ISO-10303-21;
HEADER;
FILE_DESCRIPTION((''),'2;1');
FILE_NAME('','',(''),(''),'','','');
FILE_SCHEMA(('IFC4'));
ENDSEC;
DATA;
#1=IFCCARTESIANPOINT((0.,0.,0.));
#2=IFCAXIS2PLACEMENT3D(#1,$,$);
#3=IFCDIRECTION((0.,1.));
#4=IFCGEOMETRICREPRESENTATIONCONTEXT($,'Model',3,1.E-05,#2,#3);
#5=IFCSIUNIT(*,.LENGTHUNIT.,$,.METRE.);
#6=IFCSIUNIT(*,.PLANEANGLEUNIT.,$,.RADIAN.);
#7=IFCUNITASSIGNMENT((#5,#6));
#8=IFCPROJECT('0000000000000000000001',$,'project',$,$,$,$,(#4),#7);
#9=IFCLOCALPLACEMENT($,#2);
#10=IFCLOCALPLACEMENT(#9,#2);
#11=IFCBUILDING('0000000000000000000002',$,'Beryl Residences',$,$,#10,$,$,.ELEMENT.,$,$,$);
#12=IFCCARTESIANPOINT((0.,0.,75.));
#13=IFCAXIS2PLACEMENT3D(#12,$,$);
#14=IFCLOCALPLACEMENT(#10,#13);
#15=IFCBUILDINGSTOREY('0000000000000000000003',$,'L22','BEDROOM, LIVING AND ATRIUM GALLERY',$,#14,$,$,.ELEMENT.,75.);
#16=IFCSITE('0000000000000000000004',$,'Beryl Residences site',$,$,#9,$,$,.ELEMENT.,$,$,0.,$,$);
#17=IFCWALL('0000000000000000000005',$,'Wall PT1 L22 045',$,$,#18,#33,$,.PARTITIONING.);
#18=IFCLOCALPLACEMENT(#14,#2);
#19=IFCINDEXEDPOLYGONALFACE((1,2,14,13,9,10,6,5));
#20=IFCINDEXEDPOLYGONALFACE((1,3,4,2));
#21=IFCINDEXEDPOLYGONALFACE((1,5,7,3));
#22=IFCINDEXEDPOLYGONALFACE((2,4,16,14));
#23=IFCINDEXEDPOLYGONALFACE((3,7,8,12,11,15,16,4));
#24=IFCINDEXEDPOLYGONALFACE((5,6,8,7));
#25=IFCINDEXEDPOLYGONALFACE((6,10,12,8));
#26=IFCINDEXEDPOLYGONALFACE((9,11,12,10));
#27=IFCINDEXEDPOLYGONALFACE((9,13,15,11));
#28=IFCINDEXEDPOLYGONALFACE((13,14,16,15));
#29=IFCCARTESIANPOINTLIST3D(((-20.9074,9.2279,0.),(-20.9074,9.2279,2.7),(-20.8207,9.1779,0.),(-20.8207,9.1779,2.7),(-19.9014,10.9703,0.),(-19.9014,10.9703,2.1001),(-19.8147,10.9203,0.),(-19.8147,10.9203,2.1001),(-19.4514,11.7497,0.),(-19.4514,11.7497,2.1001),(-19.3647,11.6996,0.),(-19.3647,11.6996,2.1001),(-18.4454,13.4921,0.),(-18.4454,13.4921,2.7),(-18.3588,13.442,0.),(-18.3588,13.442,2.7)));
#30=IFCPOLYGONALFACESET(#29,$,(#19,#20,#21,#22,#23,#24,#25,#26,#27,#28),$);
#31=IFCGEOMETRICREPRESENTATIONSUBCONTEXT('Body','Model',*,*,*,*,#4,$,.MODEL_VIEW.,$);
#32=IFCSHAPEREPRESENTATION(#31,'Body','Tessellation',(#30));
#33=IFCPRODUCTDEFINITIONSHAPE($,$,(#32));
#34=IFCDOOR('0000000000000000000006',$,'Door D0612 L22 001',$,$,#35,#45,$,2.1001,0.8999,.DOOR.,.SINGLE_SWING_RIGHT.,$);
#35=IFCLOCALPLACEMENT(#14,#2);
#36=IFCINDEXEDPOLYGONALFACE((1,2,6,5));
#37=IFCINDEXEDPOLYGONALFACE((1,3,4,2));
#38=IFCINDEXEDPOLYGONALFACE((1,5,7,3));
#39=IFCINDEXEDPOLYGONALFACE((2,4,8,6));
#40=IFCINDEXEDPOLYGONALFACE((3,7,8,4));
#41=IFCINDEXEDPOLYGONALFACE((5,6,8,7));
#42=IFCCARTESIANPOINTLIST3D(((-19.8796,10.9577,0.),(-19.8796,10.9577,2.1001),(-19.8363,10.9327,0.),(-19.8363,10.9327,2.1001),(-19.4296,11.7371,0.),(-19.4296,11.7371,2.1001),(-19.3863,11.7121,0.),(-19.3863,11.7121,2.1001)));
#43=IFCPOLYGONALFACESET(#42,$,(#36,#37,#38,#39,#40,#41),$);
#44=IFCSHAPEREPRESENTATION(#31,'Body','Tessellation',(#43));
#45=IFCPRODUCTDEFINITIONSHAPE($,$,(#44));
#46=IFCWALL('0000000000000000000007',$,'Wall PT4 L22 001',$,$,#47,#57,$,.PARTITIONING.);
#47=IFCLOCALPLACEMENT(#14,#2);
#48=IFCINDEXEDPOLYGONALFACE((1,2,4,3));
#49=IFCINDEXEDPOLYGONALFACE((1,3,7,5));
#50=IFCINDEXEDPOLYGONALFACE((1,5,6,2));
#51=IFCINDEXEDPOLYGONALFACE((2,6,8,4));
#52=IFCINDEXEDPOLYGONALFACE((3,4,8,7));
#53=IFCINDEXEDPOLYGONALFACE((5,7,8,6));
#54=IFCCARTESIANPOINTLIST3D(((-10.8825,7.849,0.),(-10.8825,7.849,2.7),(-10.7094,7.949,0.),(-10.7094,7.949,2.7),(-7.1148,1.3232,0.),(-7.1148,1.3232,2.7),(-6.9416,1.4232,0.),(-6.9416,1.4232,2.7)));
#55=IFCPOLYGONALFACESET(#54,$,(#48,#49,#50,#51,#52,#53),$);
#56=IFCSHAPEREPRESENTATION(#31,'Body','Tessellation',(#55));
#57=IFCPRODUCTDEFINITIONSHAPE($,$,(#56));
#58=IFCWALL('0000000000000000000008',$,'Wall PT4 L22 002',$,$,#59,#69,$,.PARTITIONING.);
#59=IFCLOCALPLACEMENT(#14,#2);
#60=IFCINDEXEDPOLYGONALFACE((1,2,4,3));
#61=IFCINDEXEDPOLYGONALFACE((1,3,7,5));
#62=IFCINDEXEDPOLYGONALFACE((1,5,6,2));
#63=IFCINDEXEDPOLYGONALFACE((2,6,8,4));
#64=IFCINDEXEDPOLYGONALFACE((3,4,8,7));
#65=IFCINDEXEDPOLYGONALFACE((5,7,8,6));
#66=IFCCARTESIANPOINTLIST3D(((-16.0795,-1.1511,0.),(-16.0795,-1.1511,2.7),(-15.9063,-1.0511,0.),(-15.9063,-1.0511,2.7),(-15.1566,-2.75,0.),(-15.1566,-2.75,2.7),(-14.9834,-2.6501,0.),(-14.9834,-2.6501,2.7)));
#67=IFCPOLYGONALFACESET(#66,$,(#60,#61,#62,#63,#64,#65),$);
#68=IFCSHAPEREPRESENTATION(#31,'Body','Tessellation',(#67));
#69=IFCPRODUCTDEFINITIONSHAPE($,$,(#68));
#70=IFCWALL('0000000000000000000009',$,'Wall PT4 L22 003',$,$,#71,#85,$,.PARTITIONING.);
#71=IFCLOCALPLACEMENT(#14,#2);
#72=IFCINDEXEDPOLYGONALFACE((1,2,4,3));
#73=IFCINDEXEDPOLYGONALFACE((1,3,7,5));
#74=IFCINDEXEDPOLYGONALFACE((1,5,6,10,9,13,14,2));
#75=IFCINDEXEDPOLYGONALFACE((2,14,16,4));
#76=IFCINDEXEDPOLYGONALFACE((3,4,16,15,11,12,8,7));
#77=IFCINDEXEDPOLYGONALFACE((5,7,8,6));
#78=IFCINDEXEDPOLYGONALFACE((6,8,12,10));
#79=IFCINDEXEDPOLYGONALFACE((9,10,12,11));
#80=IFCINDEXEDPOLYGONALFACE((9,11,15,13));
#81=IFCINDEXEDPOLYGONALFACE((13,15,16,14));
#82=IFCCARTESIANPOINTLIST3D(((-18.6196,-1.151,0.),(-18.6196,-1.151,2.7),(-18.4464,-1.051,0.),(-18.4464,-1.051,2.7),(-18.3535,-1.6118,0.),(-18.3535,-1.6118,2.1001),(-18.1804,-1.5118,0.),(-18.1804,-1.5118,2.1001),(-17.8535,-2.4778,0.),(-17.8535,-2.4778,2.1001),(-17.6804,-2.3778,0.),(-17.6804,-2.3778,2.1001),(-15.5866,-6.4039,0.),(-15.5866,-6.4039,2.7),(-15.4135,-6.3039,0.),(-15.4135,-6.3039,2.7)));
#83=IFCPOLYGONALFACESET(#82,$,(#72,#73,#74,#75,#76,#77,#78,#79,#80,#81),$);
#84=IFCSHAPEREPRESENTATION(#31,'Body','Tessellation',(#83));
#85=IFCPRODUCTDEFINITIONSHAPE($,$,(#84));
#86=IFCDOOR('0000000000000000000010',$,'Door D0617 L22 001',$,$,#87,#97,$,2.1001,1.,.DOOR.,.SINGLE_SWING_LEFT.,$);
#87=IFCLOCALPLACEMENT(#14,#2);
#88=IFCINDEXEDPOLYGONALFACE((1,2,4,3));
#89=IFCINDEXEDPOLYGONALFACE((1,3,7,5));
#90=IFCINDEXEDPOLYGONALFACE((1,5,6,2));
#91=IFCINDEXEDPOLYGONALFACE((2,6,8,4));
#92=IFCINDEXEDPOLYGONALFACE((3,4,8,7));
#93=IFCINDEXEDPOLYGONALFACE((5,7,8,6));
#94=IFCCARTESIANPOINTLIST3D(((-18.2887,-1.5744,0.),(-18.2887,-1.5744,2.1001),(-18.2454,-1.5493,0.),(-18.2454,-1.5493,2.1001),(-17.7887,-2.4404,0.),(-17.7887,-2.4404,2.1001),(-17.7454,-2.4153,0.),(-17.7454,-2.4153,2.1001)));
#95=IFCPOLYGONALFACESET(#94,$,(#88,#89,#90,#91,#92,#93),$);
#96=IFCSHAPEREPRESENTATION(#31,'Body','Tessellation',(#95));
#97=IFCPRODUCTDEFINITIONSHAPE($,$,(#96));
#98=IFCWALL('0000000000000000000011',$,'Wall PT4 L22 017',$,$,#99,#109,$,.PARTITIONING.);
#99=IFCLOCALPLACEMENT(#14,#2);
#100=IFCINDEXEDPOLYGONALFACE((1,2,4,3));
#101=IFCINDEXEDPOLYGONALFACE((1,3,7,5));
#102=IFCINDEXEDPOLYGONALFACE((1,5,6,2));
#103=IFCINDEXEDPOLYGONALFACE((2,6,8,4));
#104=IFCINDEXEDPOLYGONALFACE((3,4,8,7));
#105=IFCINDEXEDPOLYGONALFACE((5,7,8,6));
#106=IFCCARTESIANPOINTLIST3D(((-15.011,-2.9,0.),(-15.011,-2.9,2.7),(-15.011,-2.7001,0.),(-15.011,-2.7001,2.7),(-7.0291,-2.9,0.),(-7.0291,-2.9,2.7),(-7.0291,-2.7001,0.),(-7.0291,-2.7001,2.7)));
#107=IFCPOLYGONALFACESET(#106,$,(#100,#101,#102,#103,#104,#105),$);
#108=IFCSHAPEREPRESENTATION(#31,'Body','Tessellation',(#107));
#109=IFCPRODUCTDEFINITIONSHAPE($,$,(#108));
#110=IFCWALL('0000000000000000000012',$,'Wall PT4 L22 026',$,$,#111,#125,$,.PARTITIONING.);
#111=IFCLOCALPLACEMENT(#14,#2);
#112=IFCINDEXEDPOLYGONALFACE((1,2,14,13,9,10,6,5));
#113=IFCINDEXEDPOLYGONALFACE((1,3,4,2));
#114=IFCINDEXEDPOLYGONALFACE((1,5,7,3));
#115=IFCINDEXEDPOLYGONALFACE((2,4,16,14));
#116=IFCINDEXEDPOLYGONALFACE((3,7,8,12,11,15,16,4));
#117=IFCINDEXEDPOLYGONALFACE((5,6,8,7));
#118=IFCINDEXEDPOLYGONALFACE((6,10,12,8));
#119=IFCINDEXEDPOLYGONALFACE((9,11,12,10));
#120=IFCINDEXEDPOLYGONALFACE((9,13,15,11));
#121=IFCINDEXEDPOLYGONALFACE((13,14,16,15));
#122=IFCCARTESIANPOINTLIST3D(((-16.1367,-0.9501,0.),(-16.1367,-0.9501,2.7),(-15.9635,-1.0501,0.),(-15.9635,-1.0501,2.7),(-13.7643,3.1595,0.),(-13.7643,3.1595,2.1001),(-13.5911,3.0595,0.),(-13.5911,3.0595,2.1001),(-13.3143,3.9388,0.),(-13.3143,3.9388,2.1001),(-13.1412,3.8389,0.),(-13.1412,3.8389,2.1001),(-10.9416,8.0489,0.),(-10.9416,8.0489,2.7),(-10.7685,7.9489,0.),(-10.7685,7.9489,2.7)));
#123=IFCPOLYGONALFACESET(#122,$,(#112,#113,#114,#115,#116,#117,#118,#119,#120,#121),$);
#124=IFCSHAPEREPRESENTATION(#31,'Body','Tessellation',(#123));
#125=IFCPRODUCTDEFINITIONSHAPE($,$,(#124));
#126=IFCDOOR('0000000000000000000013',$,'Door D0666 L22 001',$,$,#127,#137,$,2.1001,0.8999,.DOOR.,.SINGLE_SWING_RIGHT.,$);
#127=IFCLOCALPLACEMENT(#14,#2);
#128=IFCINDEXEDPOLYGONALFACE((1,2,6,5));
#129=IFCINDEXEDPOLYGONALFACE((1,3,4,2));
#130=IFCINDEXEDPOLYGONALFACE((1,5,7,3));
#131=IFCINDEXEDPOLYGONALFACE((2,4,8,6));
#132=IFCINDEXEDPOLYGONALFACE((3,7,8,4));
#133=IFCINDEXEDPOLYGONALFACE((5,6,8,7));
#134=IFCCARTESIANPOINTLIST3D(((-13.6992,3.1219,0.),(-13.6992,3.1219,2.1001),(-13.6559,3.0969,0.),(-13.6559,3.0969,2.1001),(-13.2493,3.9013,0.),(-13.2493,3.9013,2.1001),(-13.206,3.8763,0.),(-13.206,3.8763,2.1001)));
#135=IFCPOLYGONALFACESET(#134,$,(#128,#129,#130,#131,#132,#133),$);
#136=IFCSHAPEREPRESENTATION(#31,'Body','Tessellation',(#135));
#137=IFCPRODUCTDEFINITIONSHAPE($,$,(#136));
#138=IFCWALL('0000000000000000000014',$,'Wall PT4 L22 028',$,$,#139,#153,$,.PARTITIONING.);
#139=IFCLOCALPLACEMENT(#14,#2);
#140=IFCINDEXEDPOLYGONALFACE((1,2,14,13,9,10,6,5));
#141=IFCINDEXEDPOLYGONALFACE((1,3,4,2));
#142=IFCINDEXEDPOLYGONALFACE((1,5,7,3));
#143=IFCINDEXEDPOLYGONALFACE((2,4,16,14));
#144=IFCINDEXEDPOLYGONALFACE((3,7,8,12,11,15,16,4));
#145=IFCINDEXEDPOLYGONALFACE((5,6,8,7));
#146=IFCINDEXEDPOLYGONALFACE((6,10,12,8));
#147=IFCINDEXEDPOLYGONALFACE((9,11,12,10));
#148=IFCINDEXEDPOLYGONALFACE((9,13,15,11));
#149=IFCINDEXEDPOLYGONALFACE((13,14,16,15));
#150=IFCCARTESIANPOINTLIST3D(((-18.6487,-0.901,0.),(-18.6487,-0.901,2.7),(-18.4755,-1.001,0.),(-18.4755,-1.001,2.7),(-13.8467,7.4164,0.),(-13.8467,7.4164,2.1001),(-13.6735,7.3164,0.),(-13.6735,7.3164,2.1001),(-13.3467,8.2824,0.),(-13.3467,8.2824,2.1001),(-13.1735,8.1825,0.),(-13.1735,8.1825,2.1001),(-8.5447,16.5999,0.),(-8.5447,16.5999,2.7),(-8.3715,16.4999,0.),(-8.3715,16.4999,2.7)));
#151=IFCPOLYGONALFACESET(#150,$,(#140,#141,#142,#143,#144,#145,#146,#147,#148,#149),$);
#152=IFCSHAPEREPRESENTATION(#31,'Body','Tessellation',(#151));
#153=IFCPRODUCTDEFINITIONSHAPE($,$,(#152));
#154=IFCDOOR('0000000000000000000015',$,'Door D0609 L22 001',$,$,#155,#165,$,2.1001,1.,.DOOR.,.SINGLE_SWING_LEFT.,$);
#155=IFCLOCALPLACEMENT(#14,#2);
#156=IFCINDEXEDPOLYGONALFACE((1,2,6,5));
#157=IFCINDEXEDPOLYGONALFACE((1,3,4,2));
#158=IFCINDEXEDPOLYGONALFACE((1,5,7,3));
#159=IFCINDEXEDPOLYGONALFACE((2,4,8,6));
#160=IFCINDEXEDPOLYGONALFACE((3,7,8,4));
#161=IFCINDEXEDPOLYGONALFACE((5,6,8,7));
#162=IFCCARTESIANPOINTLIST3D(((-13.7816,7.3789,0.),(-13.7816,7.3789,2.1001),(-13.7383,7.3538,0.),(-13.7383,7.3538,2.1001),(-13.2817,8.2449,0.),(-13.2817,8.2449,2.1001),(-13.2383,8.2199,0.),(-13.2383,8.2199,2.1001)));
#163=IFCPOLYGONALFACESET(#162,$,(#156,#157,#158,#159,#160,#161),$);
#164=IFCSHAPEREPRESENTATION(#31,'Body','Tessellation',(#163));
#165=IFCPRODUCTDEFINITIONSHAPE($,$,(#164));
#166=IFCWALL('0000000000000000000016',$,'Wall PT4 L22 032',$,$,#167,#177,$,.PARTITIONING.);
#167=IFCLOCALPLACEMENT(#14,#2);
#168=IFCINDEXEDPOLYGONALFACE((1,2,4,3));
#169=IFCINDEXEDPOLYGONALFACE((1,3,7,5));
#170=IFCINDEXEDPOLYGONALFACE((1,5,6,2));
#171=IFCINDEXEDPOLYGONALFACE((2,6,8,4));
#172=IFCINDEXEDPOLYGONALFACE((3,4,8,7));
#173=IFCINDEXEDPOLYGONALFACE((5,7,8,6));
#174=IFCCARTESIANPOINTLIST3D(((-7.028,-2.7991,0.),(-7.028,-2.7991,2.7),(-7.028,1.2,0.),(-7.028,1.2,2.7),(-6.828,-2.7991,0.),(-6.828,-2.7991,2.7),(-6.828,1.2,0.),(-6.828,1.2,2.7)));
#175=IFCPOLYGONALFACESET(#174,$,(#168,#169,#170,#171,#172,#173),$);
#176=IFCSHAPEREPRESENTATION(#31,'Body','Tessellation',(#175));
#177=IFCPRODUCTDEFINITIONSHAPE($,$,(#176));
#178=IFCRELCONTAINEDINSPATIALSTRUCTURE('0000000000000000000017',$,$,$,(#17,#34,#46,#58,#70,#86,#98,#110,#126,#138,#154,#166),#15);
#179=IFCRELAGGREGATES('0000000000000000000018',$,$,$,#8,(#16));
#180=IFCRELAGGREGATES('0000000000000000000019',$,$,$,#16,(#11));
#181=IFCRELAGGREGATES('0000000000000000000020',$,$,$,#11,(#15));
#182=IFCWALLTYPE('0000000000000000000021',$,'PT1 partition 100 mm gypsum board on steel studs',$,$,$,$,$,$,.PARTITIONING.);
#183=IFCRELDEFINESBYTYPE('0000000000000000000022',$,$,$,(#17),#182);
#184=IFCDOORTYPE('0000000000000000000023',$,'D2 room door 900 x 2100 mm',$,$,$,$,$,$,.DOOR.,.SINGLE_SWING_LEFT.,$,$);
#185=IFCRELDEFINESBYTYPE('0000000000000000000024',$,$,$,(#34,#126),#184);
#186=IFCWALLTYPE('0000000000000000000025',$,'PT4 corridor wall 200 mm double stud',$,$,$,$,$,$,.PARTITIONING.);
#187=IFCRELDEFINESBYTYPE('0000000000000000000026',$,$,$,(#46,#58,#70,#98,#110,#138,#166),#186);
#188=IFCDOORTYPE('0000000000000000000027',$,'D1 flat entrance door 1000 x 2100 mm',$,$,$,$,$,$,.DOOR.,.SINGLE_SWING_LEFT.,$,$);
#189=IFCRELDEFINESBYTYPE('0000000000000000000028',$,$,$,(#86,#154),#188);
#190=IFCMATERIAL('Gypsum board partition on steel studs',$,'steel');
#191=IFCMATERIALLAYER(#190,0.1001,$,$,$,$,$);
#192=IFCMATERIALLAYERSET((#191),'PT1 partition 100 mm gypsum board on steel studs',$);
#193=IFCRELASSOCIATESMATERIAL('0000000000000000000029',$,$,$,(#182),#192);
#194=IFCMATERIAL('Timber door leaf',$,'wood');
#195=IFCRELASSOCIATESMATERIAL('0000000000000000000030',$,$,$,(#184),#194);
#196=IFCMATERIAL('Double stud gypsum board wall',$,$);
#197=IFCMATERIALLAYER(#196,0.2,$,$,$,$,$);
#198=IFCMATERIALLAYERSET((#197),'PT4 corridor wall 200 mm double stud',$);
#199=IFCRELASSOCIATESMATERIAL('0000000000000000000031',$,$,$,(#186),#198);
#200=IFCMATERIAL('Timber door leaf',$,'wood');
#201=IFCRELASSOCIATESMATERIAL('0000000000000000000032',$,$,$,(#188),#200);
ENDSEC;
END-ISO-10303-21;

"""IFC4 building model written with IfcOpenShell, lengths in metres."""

from ifc_helpers import new_model, si_unit, direction, frame, frame_2d, origin, place, context, subcontext, project, spatial, rectangle, extrude, material, layer, layer_set, type_object, element, fill, save


model = new_model("IFC4")

# Units and contexts
model_context = context("Model", 3, precision=1e-05, world=origin(), true_north=direction((0.0, 1.0)))
body_context = subcontext(model_context, "Body", "Model", "MODEL_VIEW")
ifc_project = project(units=[si_unit("LENGTHUNIT", "METRE"), si_unit("PLANEANGLEUNIT", "RADIAN")], contexts=[model_context])

# Site, building, storey
site_placement = place(None, origin())
site = spatial("IfcSite", under=ifc_project, at=site_placement, Name="Beryl Residences site", CompositionType="ELEMENT", RefElevation=0.0)
building_placement = place(site_placement, origin())
building = spatial("IfcBuilding", under=site, at=building_placement, Name="Beryl Residences", CompositionType="ELEMENT")
storey_placement = place(building_placement, frame((0.0, 0.0, 75.0)))
storey = spatial("IfcBuildingStorey", under=building, at=storey_placement, Name="L22", Description="BEDROOM, LIVING AND ATRIUM GALLERY", CompositionType="ELEMENT", Elevation=75.0)

# Shared definitions
ifc_material_1 = material(Name="Gypsum board partition on steel studs", Category="steel")
ifc_layer_1 = layer(ifc_material_1, 0.1001)
ifc_layer_set_1 = layer_set([ifc_layer_1], Name="PT1 partition 100 mm gypsum board on steel studs")
wall_type_1 = type_object("IfcWallType", Name="PT1 partition 100 mm gypsum board on steel studs", PredefinedType="PARTITIONING", material=ifc_layer_set_1)
ifc_material_2 = material(Name="Timber door leaf", Category="wood")
door_type_1 = type_object("IfcDoorType", Name="D2 room door 900 x 2100 mm", OperationType="SINGLE_SWING_LEFT", PredefinedType="DOOR", material=ifc_material_2)

# Wall, opening, door
wall_1_placement = place(storey_placement, frame((-20.864, 9.2029, 0.0), z_axis=(0.0, 0.0, 1.0), x_axis=(0.5, 0.866025, 0.0)))
wall_1 = element("IfcWall", 1, at=wall_1_placement, inside=storey, type_object=wall_type_1, Name="Wall PT1 L22 045", PredefinedType="PARTITIONING", context=body_context, shape_type="SweptSolid", body=[
    extrude(rectangle(XDim=4.9238, YDim=0.1001, at=frame_2d((2.4619, 0.0))), origin(), (0.0, 0.0, 1.0), 2.7),
])
opening_1_placement = place(wall_1_placement, frame((2.012, 0.0, 0.0)))
opening_1 = element("IfcOpeningElement", 2, at=opening_1_placement, cuts=wall_1, PredefinedType="OPENING", context=body_context, shape_type="SweptSolid", body=[
    extrude(rectangle(XDim=0.8999, YDim=2.1001, at=frame_2d((0.45, 1.05))), frame((0.0, 0.0601, 0.0), z_axis=(0.0, -1.0, 0.0), x_axis=(1.0, 0.0, 0.0)), (0.0, 0.0, 1.0), 0.1201),
])
door_1_placement = place(opening_1_placement, origin())
door_1 = element("IfcDoor", 3, at=door_1_placement, inside=storey, type_object=door_type_1, Name="Door D0612 L22 001", OperationType="SINGLE_SWING_RIGHT", OverallHeight=2.1001, OverallWidth=0.8999, PredefinedType="DOOR", context=body_context, shape_type="SweptSolid", body=[
    extrude(rectangle(XDim=0.8999, YDim=2.1001, at=frame_2d((0.45, 1.05))), frame((0.0, 0.0249, 0.0), z_axis=(0.0, -1.0, 0.0), x_axis=(1.0, 0.0, 0.0)), (0.0, 0.0, 1.0), 0.05),
])
fill(opening_1, door_1)

# Walls
ifc_material_3 = material(Name="Double stud gypsum board wall")
ifc_layer_2 = layer(ifc_material_3, 0.2)
ifc_layer_set_2 = layer_set([ifc_layer_2], Name="PT4 corridor wall 200 mm double stud")
wall_type_2 = type_object("IfcWallType", Name="PT4 corridor wall 200 mm double stud", PredefinedType="PARTITIONING", material=ifc_layer_set_2)
wall_2_placement = place(storey_placement, frame((-10.7959, 7.8989, 0.0), z_axis=(0.0, 0.0, 1.0), x_axis=(0.50001, -0.866019, 0.0)))
element("IfcWall", 4, at=wall_2_placement, inside=storey, type_object=wall_type_2, Name="Wall PT4 L22 001", PredefinedType="PARTITIONING", context=body_context, shape_type="SweptSolid", body=[
    extrude(rectangle(XDim=7.5354, YDim=0.2, at=frame_2d((3.7676, 0.0))), origin(), (0.0, 0.0, 1.0), 2.7),
])
wall_3_placement = place(storey_placement, frame((-15.9929, -1.1011, 0.0), z_axis=(0.0, 0.0, 1.0), x_axis=(0.499894, -0.866086, 0.0)))
element("IfcWall", 5, at=wall_3_placement, inside=storey, type_object=wall_type_2, Name="Wall PT4 L22 002", PredefinedType="PARTITIONING", context=body_context, shape_type="SweptSolid", body=[
    extrude(rectangle(XDim=1.8462, YDim=0.2, at=frame_2d((0.9231, 0.0))), origin(), (0.0, 0.0, 1.0), 2.7),
])

# Wall, opening, door
wall_4_placement = place(storey_placement, frame((-18.533, -1.1011, 0.0), z_axis=(0.0, 0.0, 1.0), x_axis=(0.500022, -0.866013, 0.0)))
wall_4 = element("IfcWall", 6, at=wall_4_placement, inside=storey, type_object=wall_type_2, Name="Wall PT4 L22 003", PredefinedType="PARTITIONING", context=body_context, shape_type="SweptSolid", body=[
    extrude(rectangle(XDim=6.0657, YDim=0.2, at=frame_2d((3.0327, 0.0))), origin(), (0.0, 0.0, 1.0), 2.7),
])
opening_2_placement = place(wall_4_placement, frame((0.532, 0.0, 0.0)))
opening_2 = element("IfcOpeningElement", 7, at=opening_2_placement, cuts=wall_4, PredefinedType="OPENING", context=body_context, shape_type="SweptSolid", body=[
    extrude(rectangle(XDim=1.0, YDim=2.1001, at=frame_2d((0.5, 1.05))), frame((0.0, 0.1099, 0.0), z_axis=(0.0, -1.0, 0.0), x_axis=(1.0, 0.0, 0.0)), (0.0, 0.0, 1.0), 0.22),
])
ifc_material_4 = material(Name="Timber door leaf", Category="wood")
door_type_2 = type_object("IfcDoorType", Name="D1 flat entrance door 1000 x 2100 mm", OperationType="SINGLE_SWING_LEFT", PredefinedType="DOOR", material=ifc_material_4)
door_2_placement = place(opening_2_placement, origin())
door_2 = element("IfcDoor", 8, at=door_2_placement, inside=storey, type_object=door_type_2, Name="Door D0617 L22 001", OperationType="SINGLE_SWING_LEFT", OverallHeight=2.1001, OverallWidth=1.0, PredefinedType="DOOR", context=body_context, shape_type="SweptSolid", body=[
    extrude(rectangle(XDim=1.0, YDim=2.1001, at=frame_2d((0.5, 1.05))), frame((0.0, 0.0249, 0.0), z_axis=(0.0, -1.0, 0.0), x_axis=(1.0, 0.0, 0.0)), (0.0, 0.0, 1.0), 0.05),
])
fill(opening_2, door_2)

# Wall
wall_5_placement = place(storey_placement, frame((-15.011, -2.8, 0.0), z_axis=(0.0, 0.0, 1.0), x_axis=(1.0, 0.0, 0.0)))
element("IfcWall", 9, at=wall_5_placement, inside=storey, type_object=wall_type_2, Name="Wall PT4 L22 017", PredefinedType="PARTITIONING", context=body_context, shape_type="SweptSolid", body=[
    extrude(rectangle(XDim=7.9819, YDim=0.2, at=frame_2d((3.991, 0.0))), origin(), (0.0, 0.0, 1.0), 2.7),
])

# Walls, openings, doors
wall_6_placement = place(storey_placement, frame((-16.05, -1.0, 0.0), z_axis=(0.0, 0.0, 1.0), x_axis=(0.499962, 0.866047, 0.0)))
wall_6 = element("IfcWall", 10, at=wall_6_placement, inside=storey, type_object=wall_type_2, Name="Wall PT4 L22 026", PredefinedType="PARTITIONING", context=body_context, shape_type="SweptSolid", body=[
    extrude(rectangle(XDim=10.3909, YDim=0.2, at=frame_2d((5.1953, 0.0))), origin(), (0.0, 0.0, 1.0), 2.7),
])
opening_3_placement = place(wall_6_placement, frame((4.7451, 0.0, 0.0)))
opening_3 = element("IfcOpeningElement", 11, at=opening_3_placement, cuts=wall_6, PredefinedType="OPENING", context=body_context, shape_type="SweptSolid", body=[
    extrude(rectangle(XDim=0.8999, YDim=2.1001, at=frame_2d((0.45, 1.05))), frame((0.0, 0.1099, 0.0), z_axis=(0.0, -1.0, 0.0), x_axis=(1.0, 0.0, 0.0)), (0.0, 0.0, 1.0), 0.22),
])
door_3_placement = place(opening_3_placement, origin())
door_3 = element("IfcDoor", 12, at=door_3_placement, inside=storey, type_object=door_type_1, Name="Door D0666 L22 001", OperationType="SINGLE_SWING_RIGHT", OverallHeight=2.1001, OverallWidth=0.8999, PredefinedType="DOOR", context=body_context, shape_type="SweptSolid", body=[
    extrude(rectangle(XDim=0.8999, YDim=2.1001, at=frame_2d((0.45, 1.05))), frame((0.0, 0.0249, 0.0), z_axis=(0.0, -1.0, 0.0), x_axis=(1.0, 0.0, 0.0)), (0.0, 0.0, 1.0), 0.05),
])
fill(opening_3, door_3)
wall_7_placement = place(storey_placement, frame((-18.562, -0.9509, 0.0), z_axis=(0.0, 0.0, 1.0), x_axis=(0.499993, 0.866029, 0.0)))
wall_7 = element("IfcWall", 13, at=wall_7_placement, inside=storey, type_object=wall_type_2, Name="Wall PT4 L22 028", PredefinedType="PARTITIONING", context=body_context, shape_type="SweptSolid", body=[
    extrude(rectangle(XDim=20.2083, YDim=0.2, at=frame_2d((10.104, 0.0))), origin(), (0.0, 0.0, 1.0), 2.7),
])
opening_4_placement = place(wall_7_placement, frame((9.604, 0.0, 0.0)))
opening_4 = element("IfcOpeningElement", 14, at=opening_4_placement, cuts=wall_7, PredefinedType="OPENING", context=body_context, shape_type="SweptSolid", body=[
    extrude(rectangle(XDim=1.0, YDim=2.1001, at=frame_2d((0.5, 1.05))), frame((0.0, 0.1099, 0.0), z_axis=(0.0, -1.0, 0.0), x_axis=(1.0, 0.0, 0.0)), (0.0, 0.0, 1.0), 0.22),
])
door_4_placement = place(opening_4_placement, origin())
door_4 = element("IfcDoor", 15, at=door_4_placement, inside=storey, type_object=door_type_2, Name="Door D0609 L22 001", OperationType="SINGLE_SWING_LEFT", OverallHeight=2.1001, OverallWidth=1.0, PredefinedType="DOOR", context=body_context, shape_type="SweptSolid", body=[
    extrude(rectangle(XDim=1.0, YDim=2.1001, at=frame_2d((0.5, 1.05))), frame((0.0, 0.0249, 0.0), z_axis=(0.0, -1.0, 0.0), x_axis=(1.0, 0.0, 0.0)), (0.0, 0.0, 1.0), 0.05),
])
fill(opening_4, door_4)

# Wall
wall_8_placement = place(storey_placement, frame((-6.928, -2.7991, 0.0), z_axis=(0.0, 0.0, 1.0), x_axis=(0.0, 1.0, 0.0)))
element("IfcWall", 16, at=wall_8_placement, inside=storey, type_object=wall_type_2, Name="Wall PT4 L22 032", PredefinedType="PARTITIONING", context=body_context, shape_type="SweptSolid", body=[
    extrude(rectangle(XDim=3.999, YDim=0.2, at=frame_2d((1.9995, 0.0))), origin(), (0.0, 0.0, 1.0), 2.7),
])

save(model, "model.ifc")
